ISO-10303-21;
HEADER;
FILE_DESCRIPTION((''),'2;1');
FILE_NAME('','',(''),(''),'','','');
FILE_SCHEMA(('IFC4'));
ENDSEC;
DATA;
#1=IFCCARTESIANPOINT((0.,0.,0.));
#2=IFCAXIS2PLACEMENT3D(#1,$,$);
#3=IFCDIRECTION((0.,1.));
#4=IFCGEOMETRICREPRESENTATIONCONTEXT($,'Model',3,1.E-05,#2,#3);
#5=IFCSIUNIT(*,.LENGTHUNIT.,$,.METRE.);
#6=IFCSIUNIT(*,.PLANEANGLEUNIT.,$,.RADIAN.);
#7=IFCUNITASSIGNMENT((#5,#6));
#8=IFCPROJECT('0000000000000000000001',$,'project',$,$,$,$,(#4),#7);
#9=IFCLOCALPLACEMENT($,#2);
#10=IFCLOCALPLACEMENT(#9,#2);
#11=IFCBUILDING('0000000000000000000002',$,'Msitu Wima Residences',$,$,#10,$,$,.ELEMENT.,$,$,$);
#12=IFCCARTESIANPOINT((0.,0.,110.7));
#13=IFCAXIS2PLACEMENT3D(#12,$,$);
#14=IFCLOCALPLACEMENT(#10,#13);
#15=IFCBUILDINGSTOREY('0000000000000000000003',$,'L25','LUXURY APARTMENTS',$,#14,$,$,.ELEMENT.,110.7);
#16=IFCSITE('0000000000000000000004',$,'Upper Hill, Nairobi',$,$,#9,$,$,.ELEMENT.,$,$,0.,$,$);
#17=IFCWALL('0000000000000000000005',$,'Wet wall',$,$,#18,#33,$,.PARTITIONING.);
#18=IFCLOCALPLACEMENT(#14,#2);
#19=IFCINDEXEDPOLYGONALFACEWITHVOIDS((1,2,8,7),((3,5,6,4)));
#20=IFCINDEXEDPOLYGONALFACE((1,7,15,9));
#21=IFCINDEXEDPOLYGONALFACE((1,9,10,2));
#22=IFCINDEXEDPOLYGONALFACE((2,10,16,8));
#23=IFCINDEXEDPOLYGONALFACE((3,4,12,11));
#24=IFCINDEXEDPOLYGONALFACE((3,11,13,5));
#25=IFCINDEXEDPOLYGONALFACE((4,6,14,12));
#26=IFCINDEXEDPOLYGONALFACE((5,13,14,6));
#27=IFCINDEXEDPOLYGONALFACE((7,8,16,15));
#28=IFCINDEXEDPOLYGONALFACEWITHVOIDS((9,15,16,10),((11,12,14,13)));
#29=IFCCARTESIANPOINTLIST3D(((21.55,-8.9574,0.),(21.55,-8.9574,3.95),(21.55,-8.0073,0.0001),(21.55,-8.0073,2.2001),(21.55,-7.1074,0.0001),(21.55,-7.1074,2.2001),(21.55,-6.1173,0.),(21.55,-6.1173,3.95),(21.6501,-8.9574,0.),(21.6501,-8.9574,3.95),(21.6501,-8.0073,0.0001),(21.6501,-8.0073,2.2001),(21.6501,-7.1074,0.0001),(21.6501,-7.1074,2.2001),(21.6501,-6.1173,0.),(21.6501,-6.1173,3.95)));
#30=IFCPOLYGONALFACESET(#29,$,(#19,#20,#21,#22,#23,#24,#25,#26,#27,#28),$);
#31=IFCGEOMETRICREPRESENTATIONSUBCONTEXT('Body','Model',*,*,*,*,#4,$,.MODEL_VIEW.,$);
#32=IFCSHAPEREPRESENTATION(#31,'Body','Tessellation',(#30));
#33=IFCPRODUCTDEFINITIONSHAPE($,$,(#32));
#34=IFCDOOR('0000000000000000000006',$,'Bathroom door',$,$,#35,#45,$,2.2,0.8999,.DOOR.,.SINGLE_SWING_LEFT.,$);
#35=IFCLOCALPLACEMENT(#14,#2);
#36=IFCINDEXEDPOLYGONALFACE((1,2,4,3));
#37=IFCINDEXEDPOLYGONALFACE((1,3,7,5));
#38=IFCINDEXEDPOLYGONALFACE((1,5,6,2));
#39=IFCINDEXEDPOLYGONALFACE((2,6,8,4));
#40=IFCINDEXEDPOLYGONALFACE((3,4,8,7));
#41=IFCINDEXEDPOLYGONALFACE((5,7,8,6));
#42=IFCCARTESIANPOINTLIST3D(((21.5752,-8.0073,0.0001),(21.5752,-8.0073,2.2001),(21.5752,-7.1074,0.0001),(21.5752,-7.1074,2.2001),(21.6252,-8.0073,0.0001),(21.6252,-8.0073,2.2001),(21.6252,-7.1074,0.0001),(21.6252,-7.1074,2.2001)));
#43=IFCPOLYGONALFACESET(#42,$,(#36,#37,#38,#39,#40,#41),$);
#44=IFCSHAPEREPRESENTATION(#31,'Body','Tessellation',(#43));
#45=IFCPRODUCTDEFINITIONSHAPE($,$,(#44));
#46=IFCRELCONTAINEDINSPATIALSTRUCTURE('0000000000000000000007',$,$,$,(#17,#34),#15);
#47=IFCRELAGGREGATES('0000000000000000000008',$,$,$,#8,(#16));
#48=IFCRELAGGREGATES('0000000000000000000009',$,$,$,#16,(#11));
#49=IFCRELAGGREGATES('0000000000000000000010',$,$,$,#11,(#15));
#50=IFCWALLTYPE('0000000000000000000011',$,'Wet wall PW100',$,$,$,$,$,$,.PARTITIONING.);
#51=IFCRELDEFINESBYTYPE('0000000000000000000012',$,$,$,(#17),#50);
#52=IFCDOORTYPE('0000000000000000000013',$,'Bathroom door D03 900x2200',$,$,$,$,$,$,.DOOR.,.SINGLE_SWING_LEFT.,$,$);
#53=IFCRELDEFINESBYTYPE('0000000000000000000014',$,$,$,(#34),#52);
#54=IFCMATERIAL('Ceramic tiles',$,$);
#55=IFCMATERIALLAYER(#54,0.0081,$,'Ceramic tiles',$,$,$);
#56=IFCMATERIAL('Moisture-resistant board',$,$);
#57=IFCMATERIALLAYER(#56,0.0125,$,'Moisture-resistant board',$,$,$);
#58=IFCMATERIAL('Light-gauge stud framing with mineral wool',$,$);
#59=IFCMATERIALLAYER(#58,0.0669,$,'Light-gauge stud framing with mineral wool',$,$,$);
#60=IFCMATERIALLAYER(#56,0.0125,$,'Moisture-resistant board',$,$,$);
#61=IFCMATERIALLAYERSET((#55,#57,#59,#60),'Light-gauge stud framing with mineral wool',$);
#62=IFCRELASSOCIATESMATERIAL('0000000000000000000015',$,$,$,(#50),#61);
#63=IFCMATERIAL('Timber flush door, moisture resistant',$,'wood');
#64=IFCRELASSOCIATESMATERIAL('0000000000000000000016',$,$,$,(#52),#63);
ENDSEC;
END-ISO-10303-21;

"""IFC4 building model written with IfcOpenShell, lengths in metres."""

from ifc_helpers import new_model, si_unit, direction, frame, frame_2d, origin, place, context, subcontext, project, spatial, rectangle, extrude, material, layer, layer_set, type_object, element, fill, save


model = new_model("IFC4")

# Units and contexts
model_context = context("Model", 3, precision=1e-05, world=origin(), true_north=direction((0.0, 1.0)))
body_context = subcontext(model_context, "Body", "Model", "MODEL_VIEW")
ifc_project = project(units=[si_unit("LENGTHUNIT", "METRE"), si_unit("PLANEANGLEUNIT", "RADIAN")], contexts=[model_context])

# Site, building, storey
site_placement = place(None, origin())
site = spatial("IfcSite", under=ifc_project, at=site_placement, Name="Upper Hill, Nairobi", CompositionType="ELEMENT", RefElevation=0.0)
building_placement = place(site_placement, origin())
building = spatial("IfcBuilding", under=site, at=building_placement, Name="Msitu Wima Residences", CompositionType="ELEMENT")
storey_placement = place(building_placement, frame((0.0, 0.0, 110.7)))
storey = spatial("IfcBuildingStorey", under=building, at=storey_placement, Name="L25", Description="LUXURY APARTMENTS", CompositionType="ELEMENT", Elevation=110.7)

# Shared definitions
ifc_material_1 = material(Name="Ceramic tiles")
ifc_layer_1 = layer(ifc_material_1, 0.0081, Name="Ceramic tiles")
ifc_material_2 = material(Name="Moisture-resistant board")
ifc_layer_2 = layer(ifc_material_2, 0.0125, Name="Moisture-resistant board")
ifc_material_3 = material(Name="Light-gauge stud framing with mineral wool")
ifc_layer_3 = layer(ifc_material_3, 0.0669, Name="Light-gauge stud framing with mineral wool")
ifc_layer_4 = layer(ifc_material_2, 0.0125, Name="Moisture-resistant board")
ifc_layer_set_1 = layer_set([ifc_layer_1, ifc_layer_2, ifc_layer_3, ifc_layer_4], Name="Light-gauge stud framing with mineral wool")
wall_type_1 = type_object("IfcWallType", Name="Wet wall PW100", PredefinedType="PARTITIONING", material=ifc_layer_set_1)

# Wall, opening, door
wall_1_placement = place(storey_placement, frame((21.6001, -8.9573, 0.0), z_axis=(0.0, 0.0, 1.0), x_axis=(0.0, 1.0, 0.0)))
wall_1 = element("IfcWall", 1, at=wall_1_placement, inside=storey, type_object=wall_type_1, Name="Wet wall", PredefinedType="PARTITIONING", context=body_context, shape_type="SweptSolid", body=[
    extrude(rectangle(XDim=2.8401, YDim=0.1001, at=frame_2d((1.4199, 0.0))), origin(), (0.0, 0.0, 1.0), 3.95),
])
opening_1_placement = place(wall_1_placement, frame((0.95, 0.0, 0.0)))
opening_1 = element("IfcOpeningElement", 2, at=opening_1_placement, cuts=wall_1, PredefinedType="OPENING", context=body_context, shape_type="SweptSolid", body=[
    extrude(rectangle(XDim=0.8999, YDim=2.2, at=frame_2d((0.45, 1.1001))), frame((0.0, 0.0601, 0.0), z_axis=(0.0, -1.0, 0.0), x_axis=(1.0, 0.0, 0.0)), (0.0, 0.0, 1.0), 0.1201),
])
ifc_material_4 = material(Name="Timber flush door, moisture resistant", Category="wood")
door_type_1 = type_object("IfcDoorType", Name="Bathroom door D03 900x2200", OperationType="SINGLE_SWING_LEFT", PredefinedType="DOOR", material=ifc_material_4)
door_1_placement = place(opening_1_placement, origin())
door_1 = element("IfcDoor", 3, at=door_1_placement, inside=storey, type_object=door_type_1, Name="Bathroom door", OperationType="SINGLE_SWING_LEFT", OverallHeight=2.2, OverallWidth=0.8999, PredefinedType="DOOR", context=body_context, shape_type="SweptSolid", body=[
    extrude(rectangle(XDim=0.8999, YDim=2.2, at=frame_2d((0.45, 1.1001))), frame((0.0, 0.0249, 0.0), z_axis=(0.0, -1.0, 0.0), x_axis=(1.0, 0.0, 0.0)), (0.0, 0.0, 1.0), 0.05),
])
fill(opening_1, door_1)

save(model, "model.ifc")
